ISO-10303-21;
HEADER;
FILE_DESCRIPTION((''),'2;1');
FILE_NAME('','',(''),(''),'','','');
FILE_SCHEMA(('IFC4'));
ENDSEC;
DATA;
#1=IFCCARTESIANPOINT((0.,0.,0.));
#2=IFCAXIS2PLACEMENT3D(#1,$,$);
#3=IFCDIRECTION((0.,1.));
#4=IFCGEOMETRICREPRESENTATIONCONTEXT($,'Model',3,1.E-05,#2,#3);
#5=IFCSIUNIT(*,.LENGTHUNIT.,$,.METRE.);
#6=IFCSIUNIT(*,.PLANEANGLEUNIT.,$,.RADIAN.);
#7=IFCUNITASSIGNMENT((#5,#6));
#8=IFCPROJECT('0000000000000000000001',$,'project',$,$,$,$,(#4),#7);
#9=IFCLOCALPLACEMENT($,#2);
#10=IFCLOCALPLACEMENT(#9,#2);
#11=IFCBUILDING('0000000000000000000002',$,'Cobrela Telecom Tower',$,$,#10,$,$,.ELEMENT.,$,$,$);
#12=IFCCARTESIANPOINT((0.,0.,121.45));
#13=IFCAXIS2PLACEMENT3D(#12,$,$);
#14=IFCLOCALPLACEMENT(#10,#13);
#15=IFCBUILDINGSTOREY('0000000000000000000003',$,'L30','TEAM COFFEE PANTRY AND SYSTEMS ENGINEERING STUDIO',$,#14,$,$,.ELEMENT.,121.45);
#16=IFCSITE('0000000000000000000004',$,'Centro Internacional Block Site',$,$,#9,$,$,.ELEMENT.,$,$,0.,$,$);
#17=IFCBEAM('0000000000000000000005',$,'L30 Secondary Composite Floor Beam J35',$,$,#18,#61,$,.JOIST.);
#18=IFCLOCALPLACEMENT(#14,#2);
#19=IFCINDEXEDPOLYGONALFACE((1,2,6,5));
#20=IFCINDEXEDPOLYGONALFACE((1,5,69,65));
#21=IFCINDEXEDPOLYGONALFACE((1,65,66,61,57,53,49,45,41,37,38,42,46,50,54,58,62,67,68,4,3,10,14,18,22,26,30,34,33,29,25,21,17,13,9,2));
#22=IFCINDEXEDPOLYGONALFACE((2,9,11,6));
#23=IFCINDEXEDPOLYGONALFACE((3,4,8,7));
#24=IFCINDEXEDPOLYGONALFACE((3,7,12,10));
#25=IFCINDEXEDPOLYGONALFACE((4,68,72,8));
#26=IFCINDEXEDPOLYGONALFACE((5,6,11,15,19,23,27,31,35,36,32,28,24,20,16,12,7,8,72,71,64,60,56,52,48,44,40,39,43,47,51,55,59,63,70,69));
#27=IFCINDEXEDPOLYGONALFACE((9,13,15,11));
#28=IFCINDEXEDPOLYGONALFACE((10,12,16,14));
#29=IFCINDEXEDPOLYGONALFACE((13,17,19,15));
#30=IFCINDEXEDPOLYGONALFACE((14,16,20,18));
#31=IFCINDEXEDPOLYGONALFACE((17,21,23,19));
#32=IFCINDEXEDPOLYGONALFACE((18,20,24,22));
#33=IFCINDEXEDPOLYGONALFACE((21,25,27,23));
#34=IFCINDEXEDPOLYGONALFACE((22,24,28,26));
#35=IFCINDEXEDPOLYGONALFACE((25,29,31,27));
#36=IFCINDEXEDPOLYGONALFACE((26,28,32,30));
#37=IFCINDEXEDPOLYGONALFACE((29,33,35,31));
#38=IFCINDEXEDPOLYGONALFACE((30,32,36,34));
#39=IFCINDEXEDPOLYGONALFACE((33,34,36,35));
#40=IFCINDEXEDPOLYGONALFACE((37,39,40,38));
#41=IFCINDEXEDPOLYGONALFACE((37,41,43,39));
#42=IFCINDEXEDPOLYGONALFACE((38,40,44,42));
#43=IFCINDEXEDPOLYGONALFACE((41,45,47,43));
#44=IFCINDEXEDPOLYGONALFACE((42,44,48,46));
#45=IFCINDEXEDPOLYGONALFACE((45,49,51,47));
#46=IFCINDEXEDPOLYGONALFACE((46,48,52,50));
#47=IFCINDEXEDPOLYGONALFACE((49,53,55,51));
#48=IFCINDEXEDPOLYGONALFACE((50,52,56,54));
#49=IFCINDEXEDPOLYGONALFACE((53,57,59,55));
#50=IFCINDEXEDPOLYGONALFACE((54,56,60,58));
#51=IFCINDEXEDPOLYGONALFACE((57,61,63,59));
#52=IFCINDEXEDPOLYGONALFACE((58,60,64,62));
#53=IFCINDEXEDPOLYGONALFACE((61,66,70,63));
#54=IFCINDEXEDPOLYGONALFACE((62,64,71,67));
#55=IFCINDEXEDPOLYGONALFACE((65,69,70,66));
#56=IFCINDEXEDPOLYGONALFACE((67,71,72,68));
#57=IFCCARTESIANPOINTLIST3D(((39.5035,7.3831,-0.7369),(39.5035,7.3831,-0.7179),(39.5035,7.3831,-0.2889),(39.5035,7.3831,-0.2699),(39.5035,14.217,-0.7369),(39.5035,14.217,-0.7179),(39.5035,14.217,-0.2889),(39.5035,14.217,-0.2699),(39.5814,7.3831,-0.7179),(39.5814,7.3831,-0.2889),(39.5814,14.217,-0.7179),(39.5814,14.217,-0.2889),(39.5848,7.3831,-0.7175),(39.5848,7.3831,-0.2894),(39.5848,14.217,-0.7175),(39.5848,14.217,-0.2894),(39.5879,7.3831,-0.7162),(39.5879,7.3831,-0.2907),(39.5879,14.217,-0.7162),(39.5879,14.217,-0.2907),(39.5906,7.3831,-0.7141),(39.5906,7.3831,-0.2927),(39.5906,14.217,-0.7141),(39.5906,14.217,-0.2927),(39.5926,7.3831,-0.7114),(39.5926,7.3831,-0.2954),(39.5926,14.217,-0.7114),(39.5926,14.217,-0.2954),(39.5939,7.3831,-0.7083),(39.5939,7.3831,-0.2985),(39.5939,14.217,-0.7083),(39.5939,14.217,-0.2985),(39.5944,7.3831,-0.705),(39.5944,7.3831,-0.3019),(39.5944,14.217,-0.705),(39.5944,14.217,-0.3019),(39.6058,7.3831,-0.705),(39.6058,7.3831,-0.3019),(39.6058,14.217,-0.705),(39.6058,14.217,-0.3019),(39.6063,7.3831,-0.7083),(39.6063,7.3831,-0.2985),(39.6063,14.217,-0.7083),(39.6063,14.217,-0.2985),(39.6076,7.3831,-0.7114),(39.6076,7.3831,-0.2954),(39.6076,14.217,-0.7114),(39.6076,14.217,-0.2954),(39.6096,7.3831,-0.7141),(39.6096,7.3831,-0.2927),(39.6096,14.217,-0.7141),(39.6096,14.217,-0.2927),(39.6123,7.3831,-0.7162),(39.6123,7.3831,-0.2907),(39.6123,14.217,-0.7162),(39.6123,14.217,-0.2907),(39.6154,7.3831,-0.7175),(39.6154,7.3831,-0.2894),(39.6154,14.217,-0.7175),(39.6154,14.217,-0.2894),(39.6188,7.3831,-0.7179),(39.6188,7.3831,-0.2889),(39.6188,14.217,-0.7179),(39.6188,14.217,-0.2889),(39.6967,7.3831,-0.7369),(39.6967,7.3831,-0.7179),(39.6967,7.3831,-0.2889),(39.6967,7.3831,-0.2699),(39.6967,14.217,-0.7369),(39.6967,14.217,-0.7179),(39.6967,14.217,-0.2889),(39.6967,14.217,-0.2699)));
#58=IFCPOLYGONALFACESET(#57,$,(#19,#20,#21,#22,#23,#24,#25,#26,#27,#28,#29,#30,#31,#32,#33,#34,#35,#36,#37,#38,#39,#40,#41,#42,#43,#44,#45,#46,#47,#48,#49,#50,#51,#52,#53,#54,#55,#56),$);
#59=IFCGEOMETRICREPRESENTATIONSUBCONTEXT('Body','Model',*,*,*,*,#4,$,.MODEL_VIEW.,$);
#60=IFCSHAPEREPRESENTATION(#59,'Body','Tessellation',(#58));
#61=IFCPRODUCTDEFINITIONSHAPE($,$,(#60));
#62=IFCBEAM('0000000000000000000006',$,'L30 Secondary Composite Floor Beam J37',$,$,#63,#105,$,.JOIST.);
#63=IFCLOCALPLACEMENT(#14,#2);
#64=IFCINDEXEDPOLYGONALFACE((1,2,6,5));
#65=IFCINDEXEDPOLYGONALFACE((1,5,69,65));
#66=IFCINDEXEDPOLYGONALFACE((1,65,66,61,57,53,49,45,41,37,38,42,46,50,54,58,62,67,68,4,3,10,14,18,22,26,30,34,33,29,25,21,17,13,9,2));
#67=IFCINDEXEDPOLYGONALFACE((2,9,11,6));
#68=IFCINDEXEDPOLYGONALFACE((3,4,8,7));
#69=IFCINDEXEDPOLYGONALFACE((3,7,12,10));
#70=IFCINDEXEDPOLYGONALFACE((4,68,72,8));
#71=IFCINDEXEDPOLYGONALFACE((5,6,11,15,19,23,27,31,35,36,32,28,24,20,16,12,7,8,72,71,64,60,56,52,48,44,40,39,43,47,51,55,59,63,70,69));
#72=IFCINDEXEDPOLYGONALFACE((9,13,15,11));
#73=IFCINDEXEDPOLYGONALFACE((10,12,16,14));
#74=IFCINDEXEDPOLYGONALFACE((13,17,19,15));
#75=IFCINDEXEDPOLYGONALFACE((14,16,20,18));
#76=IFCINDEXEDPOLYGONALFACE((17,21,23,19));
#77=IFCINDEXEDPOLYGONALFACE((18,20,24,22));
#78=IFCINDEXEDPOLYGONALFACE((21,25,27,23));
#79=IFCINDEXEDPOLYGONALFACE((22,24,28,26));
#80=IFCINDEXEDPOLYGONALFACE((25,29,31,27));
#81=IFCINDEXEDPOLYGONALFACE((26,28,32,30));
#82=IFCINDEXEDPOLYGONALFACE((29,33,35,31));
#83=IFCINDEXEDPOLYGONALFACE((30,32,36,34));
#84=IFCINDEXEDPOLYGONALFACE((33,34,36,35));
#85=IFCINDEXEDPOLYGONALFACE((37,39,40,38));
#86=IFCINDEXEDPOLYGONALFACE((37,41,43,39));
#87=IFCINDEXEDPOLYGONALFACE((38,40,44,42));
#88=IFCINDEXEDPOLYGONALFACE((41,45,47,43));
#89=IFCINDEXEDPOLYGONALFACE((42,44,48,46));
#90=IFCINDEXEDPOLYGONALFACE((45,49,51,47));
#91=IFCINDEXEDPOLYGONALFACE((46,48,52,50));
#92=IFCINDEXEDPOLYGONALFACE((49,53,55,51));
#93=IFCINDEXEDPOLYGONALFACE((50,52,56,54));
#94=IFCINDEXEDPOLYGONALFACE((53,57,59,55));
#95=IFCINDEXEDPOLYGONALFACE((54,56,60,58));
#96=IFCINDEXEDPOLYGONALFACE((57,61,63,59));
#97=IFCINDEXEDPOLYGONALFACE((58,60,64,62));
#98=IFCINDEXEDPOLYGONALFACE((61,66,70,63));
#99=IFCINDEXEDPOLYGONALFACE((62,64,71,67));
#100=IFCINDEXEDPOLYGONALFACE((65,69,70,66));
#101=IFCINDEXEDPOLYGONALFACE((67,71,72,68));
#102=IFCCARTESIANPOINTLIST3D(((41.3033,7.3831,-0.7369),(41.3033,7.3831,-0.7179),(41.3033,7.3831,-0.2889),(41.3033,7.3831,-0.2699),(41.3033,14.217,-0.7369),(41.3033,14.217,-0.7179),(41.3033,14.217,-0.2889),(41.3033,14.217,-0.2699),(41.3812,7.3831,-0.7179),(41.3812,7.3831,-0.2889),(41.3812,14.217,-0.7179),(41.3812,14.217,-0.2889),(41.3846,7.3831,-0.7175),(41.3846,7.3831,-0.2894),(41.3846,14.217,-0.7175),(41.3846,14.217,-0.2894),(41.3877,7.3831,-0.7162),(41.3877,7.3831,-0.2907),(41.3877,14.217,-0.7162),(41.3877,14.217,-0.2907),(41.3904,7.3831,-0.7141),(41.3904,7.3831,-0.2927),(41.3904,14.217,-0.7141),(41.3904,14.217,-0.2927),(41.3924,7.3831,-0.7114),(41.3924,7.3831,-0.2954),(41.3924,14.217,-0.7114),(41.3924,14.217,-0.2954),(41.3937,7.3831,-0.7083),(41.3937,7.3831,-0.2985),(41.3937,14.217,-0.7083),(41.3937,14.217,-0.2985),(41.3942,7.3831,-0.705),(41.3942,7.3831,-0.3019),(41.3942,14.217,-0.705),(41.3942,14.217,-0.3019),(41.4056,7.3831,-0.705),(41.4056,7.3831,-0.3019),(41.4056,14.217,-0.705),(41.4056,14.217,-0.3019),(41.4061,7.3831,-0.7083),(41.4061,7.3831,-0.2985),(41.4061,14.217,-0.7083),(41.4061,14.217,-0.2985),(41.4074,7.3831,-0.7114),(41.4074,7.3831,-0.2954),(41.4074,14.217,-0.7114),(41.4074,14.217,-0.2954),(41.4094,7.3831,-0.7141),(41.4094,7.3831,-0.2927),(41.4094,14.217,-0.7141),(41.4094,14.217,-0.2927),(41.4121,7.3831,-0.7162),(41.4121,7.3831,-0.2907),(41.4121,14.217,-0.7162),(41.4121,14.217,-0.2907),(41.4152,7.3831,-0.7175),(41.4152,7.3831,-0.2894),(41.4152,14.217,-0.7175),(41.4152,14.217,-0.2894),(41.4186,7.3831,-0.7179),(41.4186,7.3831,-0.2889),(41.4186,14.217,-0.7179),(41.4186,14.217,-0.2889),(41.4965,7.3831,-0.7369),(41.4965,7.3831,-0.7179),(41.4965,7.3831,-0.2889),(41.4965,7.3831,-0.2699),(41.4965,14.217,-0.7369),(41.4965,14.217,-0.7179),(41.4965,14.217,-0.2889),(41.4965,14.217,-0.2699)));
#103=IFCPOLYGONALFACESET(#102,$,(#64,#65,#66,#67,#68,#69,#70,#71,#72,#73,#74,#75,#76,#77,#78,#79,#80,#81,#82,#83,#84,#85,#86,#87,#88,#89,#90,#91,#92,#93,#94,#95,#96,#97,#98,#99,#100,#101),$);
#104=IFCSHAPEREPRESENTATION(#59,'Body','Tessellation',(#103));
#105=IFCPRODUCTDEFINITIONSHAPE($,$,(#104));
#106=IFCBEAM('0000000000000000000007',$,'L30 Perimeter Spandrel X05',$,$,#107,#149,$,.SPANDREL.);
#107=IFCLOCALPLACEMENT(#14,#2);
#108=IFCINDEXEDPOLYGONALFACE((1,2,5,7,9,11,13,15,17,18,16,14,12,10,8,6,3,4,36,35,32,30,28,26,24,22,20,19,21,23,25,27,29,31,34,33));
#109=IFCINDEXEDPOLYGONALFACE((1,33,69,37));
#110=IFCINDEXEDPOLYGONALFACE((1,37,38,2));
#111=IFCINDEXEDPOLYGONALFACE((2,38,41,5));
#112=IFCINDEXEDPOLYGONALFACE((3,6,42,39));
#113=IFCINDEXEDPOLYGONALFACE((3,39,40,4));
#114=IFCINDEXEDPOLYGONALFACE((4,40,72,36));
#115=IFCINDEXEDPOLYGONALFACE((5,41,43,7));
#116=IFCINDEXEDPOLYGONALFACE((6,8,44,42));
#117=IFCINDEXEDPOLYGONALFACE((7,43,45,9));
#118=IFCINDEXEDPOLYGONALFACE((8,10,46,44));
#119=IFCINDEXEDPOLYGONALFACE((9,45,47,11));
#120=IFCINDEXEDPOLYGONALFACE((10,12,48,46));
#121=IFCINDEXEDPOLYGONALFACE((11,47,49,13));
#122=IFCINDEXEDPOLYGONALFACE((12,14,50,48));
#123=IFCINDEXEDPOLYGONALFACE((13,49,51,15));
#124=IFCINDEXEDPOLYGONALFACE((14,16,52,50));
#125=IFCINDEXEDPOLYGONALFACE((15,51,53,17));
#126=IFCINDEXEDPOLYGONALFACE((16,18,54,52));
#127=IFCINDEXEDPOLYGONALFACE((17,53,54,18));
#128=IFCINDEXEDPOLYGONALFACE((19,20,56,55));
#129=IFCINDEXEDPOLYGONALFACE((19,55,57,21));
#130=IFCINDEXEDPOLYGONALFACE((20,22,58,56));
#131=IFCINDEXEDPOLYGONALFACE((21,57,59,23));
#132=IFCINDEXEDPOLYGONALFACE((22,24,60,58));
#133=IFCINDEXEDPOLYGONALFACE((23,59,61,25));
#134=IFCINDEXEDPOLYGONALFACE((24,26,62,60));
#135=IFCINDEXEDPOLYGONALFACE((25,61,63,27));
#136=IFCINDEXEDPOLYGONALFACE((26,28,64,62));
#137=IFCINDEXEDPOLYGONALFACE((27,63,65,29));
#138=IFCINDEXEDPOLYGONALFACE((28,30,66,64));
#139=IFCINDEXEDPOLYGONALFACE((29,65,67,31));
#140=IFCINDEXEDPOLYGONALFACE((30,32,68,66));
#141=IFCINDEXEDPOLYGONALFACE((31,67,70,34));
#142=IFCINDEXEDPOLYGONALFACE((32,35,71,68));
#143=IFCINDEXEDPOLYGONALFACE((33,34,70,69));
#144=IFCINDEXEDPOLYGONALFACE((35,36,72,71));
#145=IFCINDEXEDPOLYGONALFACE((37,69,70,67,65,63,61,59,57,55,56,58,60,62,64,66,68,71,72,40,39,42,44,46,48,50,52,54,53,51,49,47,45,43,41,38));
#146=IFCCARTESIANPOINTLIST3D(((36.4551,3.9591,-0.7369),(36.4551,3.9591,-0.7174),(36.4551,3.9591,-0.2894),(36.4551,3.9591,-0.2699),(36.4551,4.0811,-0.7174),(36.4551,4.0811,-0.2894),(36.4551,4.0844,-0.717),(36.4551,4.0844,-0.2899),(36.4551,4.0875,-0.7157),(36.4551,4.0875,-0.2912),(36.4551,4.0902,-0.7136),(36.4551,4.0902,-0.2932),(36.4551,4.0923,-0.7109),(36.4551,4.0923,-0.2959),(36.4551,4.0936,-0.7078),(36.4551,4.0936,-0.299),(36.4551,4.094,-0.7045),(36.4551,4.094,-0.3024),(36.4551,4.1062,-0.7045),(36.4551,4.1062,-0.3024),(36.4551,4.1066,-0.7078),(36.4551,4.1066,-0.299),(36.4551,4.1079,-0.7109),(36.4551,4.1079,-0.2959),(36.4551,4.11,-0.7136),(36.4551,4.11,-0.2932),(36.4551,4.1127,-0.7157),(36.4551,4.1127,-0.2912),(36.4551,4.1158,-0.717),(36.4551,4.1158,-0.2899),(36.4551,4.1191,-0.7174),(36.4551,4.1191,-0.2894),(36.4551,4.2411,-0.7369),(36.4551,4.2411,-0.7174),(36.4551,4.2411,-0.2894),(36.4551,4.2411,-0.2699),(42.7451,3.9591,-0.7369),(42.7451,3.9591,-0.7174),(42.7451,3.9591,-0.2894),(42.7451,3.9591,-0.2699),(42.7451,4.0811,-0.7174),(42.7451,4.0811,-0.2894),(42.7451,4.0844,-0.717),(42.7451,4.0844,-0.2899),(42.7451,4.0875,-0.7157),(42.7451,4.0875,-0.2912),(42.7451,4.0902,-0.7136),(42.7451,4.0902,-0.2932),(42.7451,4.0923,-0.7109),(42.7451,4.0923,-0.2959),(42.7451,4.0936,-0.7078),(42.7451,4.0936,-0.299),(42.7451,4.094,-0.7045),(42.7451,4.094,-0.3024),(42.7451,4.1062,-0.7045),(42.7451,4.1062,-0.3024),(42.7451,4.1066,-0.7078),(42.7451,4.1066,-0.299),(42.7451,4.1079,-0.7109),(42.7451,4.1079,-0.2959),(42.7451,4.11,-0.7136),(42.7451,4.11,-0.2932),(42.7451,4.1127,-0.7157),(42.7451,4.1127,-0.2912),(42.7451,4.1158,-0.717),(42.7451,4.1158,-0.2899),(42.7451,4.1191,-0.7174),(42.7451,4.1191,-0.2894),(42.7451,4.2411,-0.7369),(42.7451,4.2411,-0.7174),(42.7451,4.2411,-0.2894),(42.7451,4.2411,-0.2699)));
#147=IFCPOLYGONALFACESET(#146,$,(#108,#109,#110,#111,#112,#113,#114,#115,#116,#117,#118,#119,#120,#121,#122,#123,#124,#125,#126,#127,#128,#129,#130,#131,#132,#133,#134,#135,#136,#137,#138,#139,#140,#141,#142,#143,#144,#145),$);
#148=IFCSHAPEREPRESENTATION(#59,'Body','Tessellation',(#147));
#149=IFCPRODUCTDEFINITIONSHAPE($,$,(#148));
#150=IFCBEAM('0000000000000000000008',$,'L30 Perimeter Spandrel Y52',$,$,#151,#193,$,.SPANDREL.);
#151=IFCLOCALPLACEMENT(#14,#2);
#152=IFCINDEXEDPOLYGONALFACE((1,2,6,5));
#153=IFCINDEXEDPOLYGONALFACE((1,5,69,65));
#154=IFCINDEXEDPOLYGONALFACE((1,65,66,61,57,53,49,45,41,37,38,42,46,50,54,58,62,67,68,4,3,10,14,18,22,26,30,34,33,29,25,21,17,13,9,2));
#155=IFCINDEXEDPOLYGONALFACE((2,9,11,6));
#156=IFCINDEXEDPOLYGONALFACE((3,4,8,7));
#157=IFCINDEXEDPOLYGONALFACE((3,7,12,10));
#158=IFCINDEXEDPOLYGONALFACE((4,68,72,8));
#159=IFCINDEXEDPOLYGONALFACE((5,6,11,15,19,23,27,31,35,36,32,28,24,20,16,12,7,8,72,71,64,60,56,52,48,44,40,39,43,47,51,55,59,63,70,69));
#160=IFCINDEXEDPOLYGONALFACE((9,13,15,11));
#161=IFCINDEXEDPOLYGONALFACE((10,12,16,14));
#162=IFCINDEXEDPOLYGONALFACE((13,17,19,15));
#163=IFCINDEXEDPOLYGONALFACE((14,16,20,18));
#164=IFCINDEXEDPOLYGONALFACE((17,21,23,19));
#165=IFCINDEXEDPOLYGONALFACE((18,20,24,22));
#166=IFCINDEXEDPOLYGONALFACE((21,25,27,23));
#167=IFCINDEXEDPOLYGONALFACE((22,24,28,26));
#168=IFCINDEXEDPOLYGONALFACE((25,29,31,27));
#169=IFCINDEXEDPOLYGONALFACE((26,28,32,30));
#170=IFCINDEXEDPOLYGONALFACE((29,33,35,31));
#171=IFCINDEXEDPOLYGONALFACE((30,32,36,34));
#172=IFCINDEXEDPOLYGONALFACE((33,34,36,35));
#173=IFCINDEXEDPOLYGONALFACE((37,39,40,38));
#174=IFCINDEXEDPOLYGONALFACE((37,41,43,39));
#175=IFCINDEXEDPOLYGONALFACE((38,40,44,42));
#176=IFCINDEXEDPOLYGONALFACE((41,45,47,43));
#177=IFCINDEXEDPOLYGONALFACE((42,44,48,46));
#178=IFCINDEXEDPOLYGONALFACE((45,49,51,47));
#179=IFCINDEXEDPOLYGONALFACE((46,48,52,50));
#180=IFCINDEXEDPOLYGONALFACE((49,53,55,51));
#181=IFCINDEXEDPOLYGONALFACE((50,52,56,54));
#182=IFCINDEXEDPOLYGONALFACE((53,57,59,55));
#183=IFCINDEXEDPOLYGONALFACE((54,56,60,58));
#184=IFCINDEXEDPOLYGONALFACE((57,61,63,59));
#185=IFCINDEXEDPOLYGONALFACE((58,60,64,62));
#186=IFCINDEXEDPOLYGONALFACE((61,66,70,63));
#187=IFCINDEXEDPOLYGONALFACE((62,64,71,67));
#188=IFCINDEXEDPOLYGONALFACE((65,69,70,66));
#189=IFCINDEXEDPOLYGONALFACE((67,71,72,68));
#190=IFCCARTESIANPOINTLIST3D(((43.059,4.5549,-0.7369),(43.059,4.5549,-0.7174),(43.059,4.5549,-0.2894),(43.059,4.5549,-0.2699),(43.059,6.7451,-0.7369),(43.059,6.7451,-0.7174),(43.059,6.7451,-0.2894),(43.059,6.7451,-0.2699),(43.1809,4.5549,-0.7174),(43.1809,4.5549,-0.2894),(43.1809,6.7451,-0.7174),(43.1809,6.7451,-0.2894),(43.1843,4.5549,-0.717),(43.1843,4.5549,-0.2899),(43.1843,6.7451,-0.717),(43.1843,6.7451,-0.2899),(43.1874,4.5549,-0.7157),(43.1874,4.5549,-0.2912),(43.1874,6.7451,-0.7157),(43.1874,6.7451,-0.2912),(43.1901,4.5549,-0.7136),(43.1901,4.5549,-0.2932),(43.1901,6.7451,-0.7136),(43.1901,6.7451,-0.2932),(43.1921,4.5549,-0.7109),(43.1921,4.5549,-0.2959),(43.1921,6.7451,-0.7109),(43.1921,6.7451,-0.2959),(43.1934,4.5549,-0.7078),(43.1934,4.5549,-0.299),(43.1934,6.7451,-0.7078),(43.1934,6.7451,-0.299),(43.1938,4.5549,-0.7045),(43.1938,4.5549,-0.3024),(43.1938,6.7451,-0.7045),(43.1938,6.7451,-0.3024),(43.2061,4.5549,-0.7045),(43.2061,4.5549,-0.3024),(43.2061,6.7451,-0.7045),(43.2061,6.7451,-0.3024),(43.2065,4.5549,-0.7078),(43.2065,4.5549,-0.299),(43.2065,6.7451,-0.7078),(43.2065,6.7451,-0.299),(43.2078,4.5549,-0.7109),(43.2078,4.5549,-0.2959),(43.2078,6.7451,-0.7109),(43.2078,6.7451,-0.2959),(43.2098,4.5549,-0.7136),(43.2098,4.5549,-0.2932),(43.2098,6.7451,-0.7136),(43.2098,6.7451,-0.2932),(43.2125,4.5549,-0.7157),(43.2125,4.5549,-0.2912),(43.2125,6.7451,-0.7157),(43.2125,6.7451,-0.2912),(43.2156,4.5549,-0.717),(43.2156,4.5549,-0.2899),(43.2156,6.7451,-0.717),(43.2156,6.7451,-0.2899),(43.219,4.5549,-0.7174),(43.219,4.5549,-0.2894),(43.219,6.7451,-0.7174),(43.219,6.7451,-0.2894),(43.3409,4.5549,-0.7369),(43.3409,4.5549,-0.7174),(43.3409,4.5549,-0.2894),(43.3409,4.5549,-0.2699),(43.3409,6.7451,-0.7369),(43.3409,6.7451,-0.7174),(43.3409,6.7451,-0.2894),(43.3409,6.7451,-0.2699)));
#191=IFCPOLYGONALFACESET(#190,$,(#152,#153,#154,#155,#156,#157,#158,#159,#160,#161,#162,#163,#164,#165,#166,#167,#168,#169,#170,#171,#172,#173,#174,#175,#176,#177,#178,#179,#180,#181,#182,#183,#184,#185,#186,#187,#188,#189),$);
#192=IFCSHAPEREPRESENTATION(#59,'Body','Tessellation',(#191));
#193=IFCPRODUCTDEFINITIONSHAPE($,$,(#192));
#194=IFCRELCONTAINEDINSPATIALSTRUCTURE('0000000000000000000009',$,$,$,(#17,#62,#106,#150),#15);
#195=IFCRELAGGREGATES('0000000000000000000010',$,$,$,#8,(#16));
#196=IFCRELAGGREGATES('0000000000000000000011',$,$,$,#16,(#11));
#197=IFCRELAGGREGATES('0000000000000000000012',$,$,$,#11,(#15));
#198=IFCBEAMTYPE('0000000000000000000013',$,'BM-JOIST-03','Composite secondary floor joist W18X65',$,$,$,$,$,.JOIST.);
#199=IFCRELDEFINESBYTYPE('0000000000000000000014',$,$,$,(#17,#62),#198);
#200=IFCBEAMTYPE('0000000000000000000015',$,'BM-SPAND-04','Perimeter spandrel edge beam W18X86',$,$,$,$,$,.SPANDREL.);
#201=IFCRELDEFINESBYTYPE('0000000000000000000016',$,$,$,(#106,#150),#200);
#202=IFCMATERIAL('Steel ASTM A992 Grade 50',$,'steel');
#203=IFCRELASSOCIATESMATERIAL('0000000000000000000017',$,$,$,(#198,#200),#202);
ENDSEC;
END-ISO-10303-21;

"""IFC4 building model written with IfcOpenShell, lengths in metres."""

from ifc_helpers import new_model, si_unit, direction, frame, origin, origin_2d, place, context, subcontext, project, spatial, i_section, extrude, material, material_profile, profile_set, type_object, element, save


model = new_model("IFC4")

# Units and contexts
model_context = context("Model", 3, precision=1e-05, world=origin(), true_north=direction((0.0, 1.0)))
body_context = subcontext(model_context, "Body", "Model", "MODEL_VIEW")
ifc_project = project(units=[si_unit("LENGTHUNIT", "METRE"), si_unit("PLANEANGLEUNIT", "RADIAN")], contexts=[model_context])

# Site, building, storey
site_placement = place(None, origin())
site = spatial("IfcSite", under=ifc_project, at=site_placement, Name="Centro Internacional Block Site", CompositionType="ELEMENT", RefElevation=0.0)
building_placement = place(site_placement, origin())
building = spatial("IfcBuilding", under=site, at=building_placement, Name="Cobrela Telecom Tower", CompositionType="ELEMENT")
storey_placement = place(building_placement, frame((0.0, 0.0, 121.45)))
storey = spatial("IfcBuildingStorey", under=building, at=storey_placement, Name="L30", Description="TEAM COFFEE PANTRY AND SYSTEMS ENGINEERING STUDIO", CompositionType="ELEMENT", Elevation=121.45)

# Shared definitions
ifc_material_1 = material(Name="Steel ASTM A992 Grade 50", Category="steel")

# Beams
ifc_material_profile_1 = material_profile(ifc_material_1, i_section(OverallWidth=0.1931, OverallDepth=0.467, WebThickness=0.0115, FlangeThickness=0.019, FilletRadius=0.0129, at=origin_2d()), Name="W18X65")
ifc_profile_set_1 = profile_set([ifc_material_profile_1], Name="Steel ASTM A992 Grade 50")
beam_type_1 = type_object("IfcBeamType", Name="BM-JOIST-03", Description="Composite secondary floor joist W18X65", PredefinedType="JOIST", material=ifc_profile_set_1)
for number, where, z_axis, x_axis, name in (
    (1, (39.6001, 7.3831, -0.5034), (0.0, 1.0, 0.0), (-1.0, 0.0, 0.0), "L30 Secondary Composite Floor Beam J35"),
    (2, (41.3999, 7.3831, -0.5034), (0.0, 1.0, 0.0), (-1.0, 0.0, 0.0), "L30 Secondary Composite Floor Beam J37"),
):
    element("IfcBeam", number, at=place(storey_placement, frame(where, z_axis=z_axis, x_axis=x_axis)), inside=storey, type_object=beam_type_1, Name=name, PredefinedType="JOIST", context=body_context, shape_type="SweptSolid", body=[
        extrude(i_section(OverallWidth=0.1931, OverallDepth=0.467, WebThickness=0.0115, FlangeThickness=0.019, FilletRadius=0.0129, at=origin_2d()), origin(), (0.0, 0.0, 1.0), 6.834),
    ])
ifc_material_profile_2 = material_profile(ifc_material_1, i_section(OverallWidth=0.282, OverallDepth=0.467, WebThickness=0.0122, FlangeThickness=0.0195, FilletRadius=0.0129, at=origin_2d()), Name="W18X86")
ifc_profile_set_2 = profile_set([ifc_material_profile_2], Name="Steel ASTM A992 Grade 50")
beam_type_2 = type_object("IfcBeamType", Name="BM-SPAND-04", Description="Perimeter spandrel edge beam W18X86", PredefinedType="SPANDREL", material=ifc_profile_set_2)
beam_1_placement = place(storey_placement, frame((36.4551, 4.1001, -0.5034), z_axis=(1.0, 0.0, 0.0), x_axis=(0.0, 1.0, 0.0)))
element("IfcBeam", 3, at=beam_1_placement, inside=storey, type_object=beam_type_2, Name="L30 Perimeter Spandrel X05", PredefinedType="SPANDREL", context=body_context, shape_type="SweptSolid", body=[
    extrude(i_section(OverallWidth=0.282, OverallDepth=0.467, WebThickness=0.0122, FlangeThickness=0.0195, FilletRadius=0.0129, at=origin_2d()), origin(), (0.0, 0.0, 1.0), 6.29),
])
beam_2_placement = place(storey_placement, frame((43.2, 4.5549, -0.5034), z_axis=(0.0, 1.0, 0.0), x_axis=(-1.0, 0.0, 0.0)))
element("IfcBeam", 4, at=beam_2_placement, inside=storey, type_object=beam_type_2, Name="L30 Perimeter Spandrel Y52", PredefinedType="SPANDREL", context=body_context, shape_type="SweptSolid", body=[
    extrude(i_section(OverallWidth=0.282, OverallDepth=0.467, WebThickness=0.0122, FlangeThickness=0.0195, FilletRadius=0.0129, at=origin_2d()), origin(), (0.0, 0.0, 1.0), 2.1902),
])

save(model, "model.ifc")
